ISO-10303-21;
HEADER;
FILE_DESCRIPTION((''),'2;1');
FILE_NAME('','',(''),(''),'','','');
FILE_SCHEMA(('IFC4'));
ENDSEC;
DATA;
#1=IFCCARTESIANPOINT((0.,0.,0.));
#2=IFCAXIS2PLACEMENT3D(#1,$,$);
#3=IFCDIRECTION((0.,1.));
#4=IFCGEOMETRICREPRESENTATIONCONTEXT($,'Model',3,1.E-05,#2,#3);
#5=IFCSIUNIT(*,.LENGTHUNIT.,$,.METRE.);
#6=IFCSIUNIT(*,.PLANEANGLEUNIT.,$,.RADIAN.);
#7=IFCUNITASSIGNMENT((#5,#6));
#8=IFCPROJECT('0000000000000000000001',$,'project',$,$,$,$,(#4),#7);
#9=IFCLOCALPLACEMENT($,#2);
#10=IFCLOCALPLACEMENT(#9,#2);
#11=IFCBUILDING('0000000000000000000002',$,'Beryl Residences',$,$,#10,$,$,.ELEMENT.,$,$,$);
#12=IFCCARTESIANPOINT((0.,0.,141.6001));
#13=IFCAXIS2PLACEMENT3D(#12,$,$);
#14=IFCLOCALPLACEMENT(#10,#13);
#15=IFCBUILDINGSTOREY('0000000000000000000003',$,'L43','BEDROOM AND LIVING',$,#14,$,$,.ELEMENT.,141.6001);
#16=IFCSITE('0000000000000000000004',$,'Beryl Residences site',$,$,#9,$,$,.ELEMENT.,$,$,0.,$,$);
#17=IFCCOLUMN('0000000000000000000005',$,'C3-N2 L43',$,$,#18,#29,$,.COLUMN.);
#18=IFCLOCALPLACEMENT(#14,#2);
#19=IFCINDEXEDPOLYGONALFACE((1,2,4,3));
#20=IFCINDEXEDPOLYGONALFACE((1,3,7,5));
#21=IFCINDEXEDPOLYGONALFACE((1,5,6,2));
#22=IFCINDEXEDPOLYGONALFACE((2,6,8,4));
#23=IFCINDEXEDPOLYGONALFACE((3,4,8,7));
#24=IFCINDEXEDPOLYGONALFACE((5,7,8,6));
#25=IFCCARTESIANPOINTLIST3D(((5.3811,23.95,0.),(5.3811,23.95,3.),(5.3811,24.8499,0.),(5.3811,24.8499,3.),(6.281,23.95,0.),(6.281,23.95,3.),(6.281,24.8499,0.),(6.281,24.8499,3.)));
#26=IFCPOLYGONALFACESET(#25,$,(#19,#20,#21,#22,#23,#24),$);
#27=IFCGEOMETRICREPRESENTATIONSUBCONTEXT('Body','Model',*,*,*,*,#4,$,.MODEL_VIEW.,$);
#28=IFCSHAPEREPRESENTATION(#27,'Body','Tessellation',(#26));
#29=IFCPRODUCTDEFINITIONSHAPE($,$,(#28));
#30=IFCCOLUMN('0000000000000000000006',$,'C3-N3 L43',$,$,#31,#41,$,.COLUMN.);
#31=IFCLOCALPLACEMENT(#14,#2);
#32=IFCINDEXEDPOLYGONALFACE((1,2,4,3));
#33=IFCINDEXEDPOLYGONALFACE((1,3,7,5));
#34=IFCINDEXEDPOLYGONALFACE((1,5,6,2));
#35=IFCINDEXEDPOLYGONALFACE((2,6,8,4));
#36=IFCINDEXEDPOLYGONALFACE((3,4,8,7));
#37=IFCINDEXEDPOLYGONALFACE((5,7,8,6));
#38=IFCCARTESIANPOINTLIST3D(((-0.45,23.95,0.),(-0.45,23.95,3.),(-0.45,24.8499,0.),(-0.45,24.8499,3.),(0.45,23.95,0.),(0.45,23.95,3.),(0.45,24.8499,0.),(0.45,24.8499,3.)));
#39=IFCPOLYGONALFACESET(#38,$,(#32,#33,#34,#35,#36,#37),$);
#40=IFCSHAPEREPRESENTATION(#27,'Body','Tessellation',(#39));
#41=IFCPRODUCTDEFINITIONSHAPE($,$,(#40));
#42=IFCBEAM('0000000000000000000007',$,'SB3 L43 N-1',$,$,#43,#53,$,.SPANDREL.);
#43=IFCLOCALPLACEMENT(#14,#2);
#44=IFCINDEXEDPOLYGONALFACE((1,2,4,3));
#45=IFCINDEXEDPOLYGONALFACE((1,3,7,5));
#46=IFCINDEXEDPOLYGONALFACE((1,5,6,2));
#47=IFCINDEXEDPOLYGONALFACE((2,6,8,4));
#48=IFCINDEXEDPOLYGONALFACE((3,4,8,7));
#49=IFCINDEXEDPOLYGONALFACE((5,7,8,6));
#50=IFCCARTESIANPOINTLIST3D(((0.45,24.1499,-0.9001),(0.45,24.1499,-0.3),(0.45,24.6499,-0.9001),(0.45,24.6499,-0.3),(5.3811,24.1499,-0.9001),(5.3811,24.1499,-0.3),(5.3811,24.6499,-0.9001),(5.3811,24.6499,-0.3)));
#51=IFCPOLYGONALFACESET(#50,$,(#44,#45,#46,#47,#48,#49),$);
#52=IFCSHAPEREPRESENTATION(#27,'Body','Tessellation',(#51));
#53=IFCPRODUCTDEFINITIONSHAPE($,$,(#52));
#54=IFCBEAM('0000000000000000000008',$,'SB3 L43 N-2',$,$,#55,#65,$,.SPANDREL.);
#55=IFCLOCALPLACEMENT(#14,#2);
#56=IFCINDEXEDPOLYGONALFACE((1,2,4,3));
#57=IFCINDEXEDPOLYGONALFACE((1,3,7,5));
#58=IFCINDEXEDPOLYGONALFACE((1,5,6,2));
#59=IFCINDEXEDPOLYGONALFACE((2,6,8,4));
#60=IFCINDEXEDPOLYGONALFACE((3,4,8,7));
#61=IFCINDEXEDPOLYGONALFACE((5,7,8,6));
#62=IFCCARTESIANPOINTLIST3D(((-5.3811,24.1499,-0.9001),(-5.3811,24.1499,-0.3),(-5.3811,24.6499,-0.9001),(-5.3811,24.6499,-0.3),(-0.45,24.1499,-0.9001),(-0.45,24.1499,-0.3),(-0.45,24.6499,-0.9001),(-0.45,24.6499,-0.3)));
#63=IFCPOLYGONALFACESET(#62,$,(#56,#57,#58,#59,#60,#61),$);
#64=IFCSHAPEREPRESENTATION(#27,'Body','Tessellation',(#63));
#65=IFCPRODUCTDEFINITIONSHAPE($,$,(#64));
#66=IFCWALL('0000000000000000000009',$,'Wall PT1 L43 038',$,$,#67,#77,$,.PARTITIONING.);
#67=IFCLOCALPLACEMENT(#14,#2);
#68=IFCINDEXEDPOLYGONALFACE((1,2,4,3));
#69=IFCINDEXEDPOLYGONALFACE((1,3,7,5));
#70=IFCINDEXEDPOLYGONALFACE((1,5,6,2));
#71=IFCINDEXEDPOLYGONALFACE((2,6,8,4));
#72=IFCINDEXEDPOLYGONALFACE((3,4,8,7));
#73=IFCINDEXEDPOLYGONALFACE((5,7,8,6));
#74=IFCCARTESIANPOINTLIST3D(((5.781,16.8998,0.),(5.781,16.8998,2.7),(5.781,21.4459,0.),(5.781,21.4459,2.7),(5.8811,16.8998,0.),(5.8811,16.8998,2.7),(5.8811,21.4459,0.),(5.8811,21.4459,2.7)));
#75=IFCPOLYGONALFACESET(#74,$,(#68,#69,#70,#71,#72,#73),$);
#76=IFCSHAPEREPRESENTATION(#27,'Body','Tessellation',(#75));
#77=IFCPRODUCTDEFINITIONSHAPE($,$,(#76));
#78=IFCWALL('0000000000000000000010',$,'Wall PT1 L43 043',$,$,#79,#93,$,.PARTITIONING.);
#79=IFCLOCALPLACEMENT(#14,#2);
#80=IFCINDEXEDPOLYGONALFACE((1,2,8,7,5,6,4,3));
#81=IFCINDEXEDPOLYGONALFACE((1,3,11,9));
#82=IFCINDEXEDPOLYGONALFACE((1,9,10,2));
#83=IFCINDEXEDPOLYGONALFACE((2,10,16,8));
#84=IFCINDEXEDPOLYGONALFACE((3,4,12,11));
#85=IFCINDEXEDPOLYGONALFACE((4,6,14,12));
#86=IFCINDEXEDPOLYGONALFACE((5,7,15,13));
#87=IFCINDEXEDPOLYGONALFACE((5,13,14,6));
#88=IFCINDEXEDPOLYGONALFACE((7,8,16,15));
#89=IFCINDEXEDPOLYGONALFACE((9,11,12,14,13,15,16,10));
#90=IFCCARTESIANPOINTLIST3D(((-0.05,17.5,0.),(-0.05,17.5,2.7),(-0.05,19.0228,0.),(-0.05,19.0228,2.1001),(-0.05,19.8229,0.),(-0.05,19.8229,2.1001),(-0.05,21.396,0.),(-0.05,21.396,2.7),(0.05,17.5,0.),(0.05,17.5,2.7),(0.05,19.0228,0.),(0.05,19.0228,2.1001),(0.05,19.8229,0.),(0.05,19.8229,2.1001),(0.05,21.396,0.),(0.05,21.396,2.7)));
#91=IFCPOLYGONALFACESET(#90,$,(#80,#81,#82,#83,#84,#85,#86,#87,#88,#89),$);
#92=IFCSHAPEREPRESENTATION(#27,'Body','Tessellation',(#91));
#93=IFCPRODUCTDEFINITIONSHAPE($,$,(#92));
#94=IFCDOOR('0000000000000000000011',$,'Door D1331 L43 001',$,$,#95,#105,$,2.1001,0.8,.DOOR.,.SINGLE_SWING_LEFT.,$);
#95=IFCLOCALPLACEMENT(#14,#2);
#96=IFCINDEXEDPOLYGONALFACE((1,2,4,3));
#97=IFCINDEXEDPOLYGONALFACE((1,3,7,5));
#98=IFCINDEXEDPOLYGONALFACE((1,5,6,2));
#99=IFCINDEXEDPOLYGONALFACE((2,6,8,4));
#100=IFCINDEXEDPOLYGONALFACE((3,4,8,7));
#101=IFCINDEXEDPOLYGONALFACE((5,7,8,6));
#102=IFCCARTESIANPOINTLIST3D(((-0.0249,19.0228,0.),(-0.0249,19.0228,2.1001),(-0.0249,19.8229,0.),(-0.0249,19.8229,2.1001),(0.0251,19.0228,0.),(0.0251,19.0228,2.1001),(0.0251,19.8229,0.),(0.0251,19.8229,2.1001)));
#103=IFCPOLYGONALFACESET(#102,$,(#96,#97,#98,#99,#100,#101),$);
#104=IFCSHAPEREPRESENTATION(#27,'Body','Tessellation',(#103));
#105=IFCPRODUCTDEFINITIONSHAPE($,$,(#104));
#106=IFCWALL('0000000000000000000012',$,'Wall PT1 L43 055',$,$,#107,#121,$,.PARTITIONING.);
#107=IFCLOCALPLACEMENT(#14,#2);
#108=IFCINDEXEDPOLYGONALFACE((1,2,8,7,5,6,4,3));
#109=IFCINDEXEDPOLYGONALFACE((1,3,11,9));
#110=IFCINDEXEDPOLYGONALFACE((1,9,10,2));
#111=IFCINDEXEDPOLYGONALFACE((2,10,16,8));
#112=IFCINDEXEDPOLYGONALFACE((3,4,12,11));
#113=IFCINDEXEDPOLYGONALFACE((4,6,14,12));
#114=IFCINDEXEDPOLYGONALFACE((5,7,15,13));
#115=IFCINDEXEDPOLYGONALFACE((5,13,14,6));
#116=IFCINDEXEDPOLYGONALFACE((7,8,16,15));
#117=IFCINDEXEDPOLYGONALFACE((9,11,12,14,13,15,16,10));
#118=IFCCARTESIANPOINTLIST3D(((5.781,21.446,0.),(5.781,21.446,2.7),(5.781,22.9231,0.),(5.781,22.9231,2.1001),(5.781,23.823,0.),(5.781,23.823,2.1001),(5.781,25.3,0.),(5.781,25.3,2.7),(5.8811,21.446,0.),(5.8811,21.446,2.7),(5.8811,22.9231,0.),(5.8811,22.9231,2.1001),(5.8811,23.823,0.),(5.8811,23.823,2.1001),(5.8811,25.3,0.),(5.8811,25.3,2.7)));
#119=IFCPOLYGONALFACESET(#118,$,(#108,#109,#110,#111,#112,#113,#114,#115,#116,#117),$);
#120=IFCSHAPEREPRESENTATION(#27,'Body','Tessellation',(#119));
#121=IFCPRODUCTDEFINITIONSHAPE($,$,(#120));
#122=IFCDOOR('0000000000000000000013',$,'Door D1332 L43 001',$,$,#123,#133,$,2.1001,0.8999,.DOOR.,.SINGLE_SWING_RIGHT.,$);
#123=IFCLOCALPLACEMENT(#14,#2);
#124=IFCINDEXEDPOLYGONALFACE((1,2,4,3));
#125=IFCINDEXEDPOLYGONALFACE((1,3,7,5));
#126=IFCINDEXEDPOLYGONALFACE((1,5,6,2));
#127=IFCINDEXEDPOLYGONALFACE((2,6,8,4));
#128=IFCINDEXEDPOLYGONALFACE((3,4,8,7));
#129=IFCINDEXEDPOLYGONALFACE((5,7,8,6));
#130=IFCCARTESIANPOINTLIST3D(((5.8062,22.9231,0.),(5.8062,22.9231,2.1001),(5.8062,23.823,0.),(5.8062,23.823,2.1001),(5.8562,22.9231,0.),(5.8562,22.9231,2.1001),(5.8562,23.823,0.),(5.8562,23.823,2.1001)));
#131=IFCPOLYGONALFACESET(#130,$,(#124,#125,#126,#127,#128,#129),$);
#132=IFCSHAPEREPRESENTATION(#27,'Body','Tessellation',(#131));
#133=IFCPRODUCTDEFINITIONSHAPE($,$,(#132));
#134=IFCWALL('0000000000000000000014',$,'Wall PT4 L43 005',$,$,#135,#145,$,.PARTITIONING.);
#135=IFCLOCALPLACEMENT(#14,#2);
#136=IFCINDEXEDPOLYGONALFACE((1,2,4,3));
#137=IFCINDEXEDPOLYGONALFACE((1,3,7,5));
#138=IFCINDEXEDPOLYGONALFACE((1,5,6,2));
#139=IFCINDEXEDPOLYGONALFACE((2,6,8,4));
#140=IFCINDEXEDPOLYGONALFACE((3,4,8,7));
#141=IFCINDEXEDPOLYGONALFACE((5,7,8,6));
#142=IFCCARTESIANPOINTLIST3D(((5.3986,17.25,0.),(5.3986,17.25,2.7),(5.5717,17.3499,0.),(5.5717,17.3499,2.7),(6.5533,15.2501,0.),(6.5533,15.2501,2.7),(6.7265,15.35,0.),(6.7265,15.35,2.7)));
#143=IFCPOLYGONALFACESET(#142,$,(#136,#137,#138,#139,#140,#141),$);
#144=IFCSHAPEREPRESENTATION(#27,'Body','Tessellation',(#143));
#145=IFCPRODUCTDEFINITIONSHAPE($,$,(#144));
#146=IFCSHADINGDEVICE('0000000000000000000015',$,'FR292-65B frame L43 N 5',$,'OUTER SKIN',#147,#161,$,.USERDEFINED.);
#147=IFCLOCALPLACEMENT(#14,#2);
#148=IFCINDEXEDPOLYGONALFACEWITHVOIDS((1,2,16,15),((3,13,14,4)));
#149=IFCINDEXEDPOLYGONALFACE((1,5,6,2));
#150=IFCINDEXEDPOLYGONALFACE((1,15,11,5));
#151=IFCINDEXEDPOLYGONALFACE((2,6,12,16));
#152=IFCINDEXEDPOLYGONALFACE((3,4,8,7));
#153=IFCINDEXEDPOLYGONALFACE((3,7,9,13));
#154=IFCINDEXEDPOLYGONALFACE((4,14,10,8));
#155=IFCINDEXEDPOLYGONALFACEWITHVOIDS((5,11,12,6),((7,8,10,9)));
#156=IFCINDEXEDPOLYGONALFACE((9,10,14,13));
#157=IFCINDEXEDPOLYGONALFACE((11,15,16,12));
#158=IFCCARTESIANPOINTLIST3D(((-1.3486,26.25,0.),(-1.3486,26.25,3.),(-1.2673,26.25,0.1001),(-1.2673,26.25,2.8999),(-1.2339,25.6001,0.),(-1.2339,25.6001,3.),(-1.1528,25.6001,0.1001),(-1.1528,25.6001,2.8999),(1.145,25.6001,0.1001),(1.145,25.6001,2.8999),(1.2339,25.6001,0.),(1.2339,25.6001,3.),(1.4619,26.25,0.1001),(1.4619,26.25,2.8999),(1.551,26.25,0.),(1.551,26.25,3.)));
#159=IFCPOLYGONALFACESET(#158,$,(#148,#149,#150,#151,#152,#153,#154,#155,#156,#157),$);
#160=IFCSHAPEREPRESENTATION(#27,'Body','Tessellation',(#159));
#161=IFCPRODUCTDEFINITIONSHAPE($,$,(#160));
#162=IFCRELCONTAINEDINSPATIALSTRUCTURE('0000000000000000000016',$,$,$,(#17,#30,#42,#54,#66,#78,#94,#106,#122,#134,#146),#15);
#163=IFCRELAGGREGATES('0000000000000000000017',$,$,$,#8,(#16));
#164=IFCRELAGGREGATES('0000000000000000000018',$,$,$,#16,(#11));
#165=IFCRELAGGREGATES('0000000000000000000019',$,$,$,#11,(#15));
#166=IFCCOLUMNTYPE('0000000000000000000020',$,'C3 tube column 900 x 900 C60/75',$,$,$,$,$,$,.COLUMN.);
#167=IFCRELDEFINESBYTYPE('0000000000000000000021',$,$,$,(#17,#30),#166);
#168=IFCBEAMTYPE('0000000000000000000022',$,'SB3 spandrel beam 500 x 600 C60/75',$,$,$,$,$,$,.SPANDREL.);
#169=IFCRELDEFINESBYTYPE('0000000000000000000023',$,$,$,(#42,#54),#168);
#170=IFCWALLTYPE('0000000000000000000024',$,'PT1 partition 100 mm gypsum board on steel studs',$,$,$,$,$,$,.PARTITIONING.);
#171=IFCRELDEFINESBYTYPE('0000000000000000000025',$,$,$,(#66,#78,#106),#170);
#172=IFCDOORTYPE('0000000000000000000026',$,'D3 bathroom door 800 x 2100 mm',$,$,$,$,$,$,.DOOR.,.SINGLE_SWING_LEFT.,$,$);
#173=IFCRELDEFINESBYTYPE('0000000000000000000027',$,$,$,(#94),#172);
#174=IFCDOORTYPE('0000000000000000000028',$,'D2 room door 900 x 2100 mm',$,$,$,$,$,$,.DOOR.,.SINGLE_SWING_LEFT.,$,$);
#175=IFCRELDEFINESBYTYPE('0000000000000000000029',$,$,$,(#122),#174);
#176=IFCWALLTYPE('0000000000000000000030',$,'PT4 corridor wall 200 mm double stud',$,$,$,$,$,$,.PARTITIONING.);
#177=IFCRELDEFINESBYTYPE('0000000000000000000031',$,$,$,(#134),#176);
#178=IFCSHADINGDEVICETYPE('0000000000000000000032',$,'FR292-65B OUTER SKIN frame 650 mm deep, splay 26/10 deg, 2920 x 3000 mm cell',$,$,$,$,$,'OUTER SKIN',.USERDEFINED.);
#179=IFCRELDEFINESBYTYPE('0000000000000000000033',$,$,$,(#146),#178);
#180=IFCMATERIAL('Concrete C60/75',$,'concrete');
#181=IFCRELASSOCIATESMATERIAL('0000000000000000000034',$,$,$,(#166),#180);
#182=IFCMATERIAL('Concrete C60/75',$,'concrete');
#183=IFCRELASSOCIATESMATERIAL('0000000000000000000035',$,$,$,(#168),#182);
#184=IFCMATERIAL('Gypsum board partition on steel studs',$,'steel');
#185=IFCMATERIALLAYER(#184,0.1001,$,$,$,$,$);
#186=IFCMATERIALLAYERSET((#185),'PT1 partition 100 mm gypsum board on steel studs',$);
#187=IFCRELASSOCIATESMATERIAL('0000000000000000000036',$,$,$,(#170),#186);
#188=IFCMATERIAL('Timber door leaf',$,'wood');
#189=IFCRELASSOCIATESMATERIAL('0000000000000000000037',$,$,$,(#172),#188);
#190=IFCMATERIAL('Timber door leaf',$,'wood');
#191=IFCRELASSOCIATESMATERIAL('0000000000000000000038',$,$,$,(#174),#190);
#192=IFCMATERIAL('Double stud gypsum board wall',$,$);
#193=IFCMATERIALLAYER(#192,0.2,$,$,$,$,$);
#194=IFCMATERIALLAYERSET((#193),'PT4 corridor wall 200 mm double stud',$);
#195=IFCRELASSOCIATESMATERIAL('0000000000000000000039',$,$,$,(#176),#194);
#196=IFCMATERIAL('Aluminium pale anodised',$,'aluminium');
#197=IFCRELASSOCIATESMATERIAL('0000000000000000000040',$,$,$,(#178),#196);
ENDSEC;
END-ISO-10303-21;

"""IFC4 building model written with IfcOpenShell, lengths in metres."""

from ifc_helpers import new_model, entity, si_unit, direction, frame, frame_2d, origin, origin_2d, place, context, subcontext, project, spatial, rectangle, extrude, source, transform, mapped, material, layer, layer_set, material_profile, profile_set, type_object, type_shapes, element, fill, save


model = new_model("IFC4")

# Units and contexts
model_context = context("Model", 3, precision=1e-05, world=origin(), true_north=direction((0.0, 1.0)))
body_context = subcontext(model_context, "Body", "Model", "MODEL_VIEW")
ifc_project = project(units=[si_unit("LENGTHUNIT", "METRE"), si_unit("PLANEANGLEUNIT", "RADIAN")], contexts=[model_context])

# Site, building, storey
site_placement = place(None, origin())
site = spatial("IfcSite", under=ifc_project, at=site_placement, Name="Beryl Residences site", CompositionType="ELEMENT", RefElevation=0.0)
building_placement = place(site_placement, origin())
building = spatial("IfcBuilding", under=site, at=building_placement, Name="Beryl Residences", CompositionType="ELEMENT")
storey_placement = place(building_placement, frame((0.0, 0.0, 141.6001)))
storey = spatial("IfcBuildingStorey", under=building, at=storey_placement, Name="L43", Description="BEDROOM AND LIVING", CompositionType="ELEMENT", Elevation=141.6001)

# Columns
ifc_material_1 = material(Name="Concrete C60/75", Category="concrete")
ifc_material_profile_1 = material_profile(ifc_material_1, rectangle(XDim=0.8999, YDim=0.8999, at=origin_2d()))
ifc_profile_set_1 = profile_set([ifc_material_profile_1], Name="Concrete C60/75")
column_type = type_object("IfcColumnType", Name="C3 tube column 900 x 900 C60/75", PredefinedType="COLUMN", material=ifc_profile_set_1)
for number, where, z_axis, x_axis, name in (
    (1, (5.8311, 24.3999, 0.0), (0.0, 0.0, 1.0), (-1.0, 0.0, 0.0), "C3-N2 L43"),
    (2, (0.0, 24.3999, 0.0), (0.0, 0.0, 1.0), (-1.0, 0.0, 0.0), "C3-N3 L43"),
):
    element("IfcColumn", number, at=place(storey_placement, frame(where, z_axis=z_axis, x_axis=x_axis)), inside=storey, type_object=column_type, Name=name, PredefinedType="COLUMN", context=body_context, shape_type="SweptSolid", body=[
        extrude(rectangle(XDim=0.8999, YDim=0.8999, at=origin_2d()), origin(), (0.0, 0.0, 1.0), 3.0),
    ])

# Beams
ifc_material_2 = material(Name="Concrete C60/75", Category="concrete")
ifc_material_profile_2 = material_profile(ifc_material_2, rectangle(XDim=0.5, YDim=0.6001, at=origin_2d()))
ifc_profile_set_2 = profile_set([ifc_material_profile_2], Name="Concrete C60/75")
beam_type = type_object("IfcBeamType", Name="SB3 spandrel beam 500 x 600 C60/75", PredefinedType="SPANDREL", material=ifc_profile_set_2)
for number, where, z_axis, x_axis, name in (
    (3, (5.3811, 24.3999, -0.6001), (-1.0, 0.0, 0.0), (0.0, -1.0, 0.0), "SB3 L43 N-1"),
    (4, (-0.45, 24.3999, -0.6001), (-1.0, 0.0, 0.0), (0.0, -1.0, 0.0), "SB3 L43 N-2"),
):
    element("IfcBeam", number, at=place(storey_placement, frame(where, z_axis=z_axis, x_axis=x_axis)), inside=storey, type_object=beam_type, Name=name, PredefinedType="SPANDREL", context=body_context, shape_type="SweptSolid", body=[
        extrude(rectangle(XDim=0.5, YDim=0.6001, at=origin_2d()), origin(), (0.0, 0.0, 1.0), 4.9312),
    ])

# Wall
ifc_material_3 = material(Name="Gypsum board partition on steel studs", Category="steel")
ifc_layer_1 = layer(ifc_material_3, 0.1001)
ifc_layer_set_1 = layer_set([ifc_layer_1], Name="PT1 partition 100 mm gypsum board on steel studs")
wall_type_1 = type_object("IfcWallType", Name="PT1 partition 100 mm gypsum board on steel studs", PredefinedType="PARTITIONING", material=ifc_layer_set_1)
wall_1_placement = place(storey_placement, frame((5.8311, 16.8999, 0.0), z_axis=(0.0, 0.0, 1.0), x_axis=(0.0, 1.0, 0.0)))
element("IfcWall", 5, at=wall_1_placement, inside=storey, type_object=wall_type_1, Name="Wall PT1 L43 038", PredefinedType="PARTITIONING", context=body_context, shape_type="SweptSolid", body=[
    extrude(rectangle(XDim=4.5461, YDim=0.1001, at=frame_2d((2.2729, 0.0))), origin(), (0.0, 0.0, 1.0), 2.7),
])

# Walls, openings, doors
wall_2_placement = place(storey_placement, frame((0.0, 17.5, 0.0), z_axis=(0.0, 0.0, 1.0), x_axis=(0.0, 1.0, 0.0)))
wall_2 = element("IfcWall", 6, at=wall_2_placement, inside=storey, type_object=wall_type_1, Name="Wall PT1 L43 043", PredefinedType="PARTITIONING", context=body_context, shape_type="SweptSolid", body=[
    extrude(rectangle(XDim=3.896, YDim=0.1001, at=frame_2d((1.948, 0.0))), origin(), (0.0, 0.0, 1.0), 2.7),
])
opening_1_placement = place(wall_2_placement, frame((1.5229, 0.0, 0.0)))
opening_1 = element("IfcOpeningElement", 7, at=opening_1_placement, cuts=wall_2, PredefinedType="OPENING", context=body_context, shape_type="SweptSolid", body=[
    extrude(rectangle(XDim=0.8, YDim=2.1001, at=frame_2d((0.3999, 1.05))), frame((0.0, 0.0601, 0.0), z_axis=(0.0, -1.0, 0.0), x_axis=(1.0, 0.0, 0.0)), (0.0, 0.0, 1.0), 0.1201),
])
ifc_material_4 = material(Name="Timber door leaf", Category="wood")
door_type_1 = type_object("IfcDoorType", Name="D3 bathroom door 800 x 2100 mm", OperationType="SINGLE_SWING_LEFT", PredefinedType="DOOR", material=ifc_material_4)
door_1_placement = place(opening_1_placement, origin())
door_1 = element("IfcDoor", 8, at=door_1_placement, inside=storey, type_object=door_type_1, Name="Door D1331 L43 001", OperationType="SINGLE_SWING_LEFT", OverallHeight=2.1001, OverallWidth=0.8, PredefinedType="DOOR", context=body_context, shape_type="SweptSolid", body=[
    extrude(rectangle(XDim=0.8, YDim=2.1001, at=frame_2d((0.3999, 1.05))), frame((0.0, 0.0249, 0.0), z_axis=(0.0, -1.0, 0.0), x_axis=(1.0, 0.0, 0.0)), (0.0, 0.0, 1.0), 0.05),
])
fill(opening_1, door_1)
wall_3_placement = place(storey_placement, frame((5.8311, 21.446, 0.0), z_axis=(0.0, 0.0, 1.0), x_axis=(0.0, 1.0, 0.0)))
wall_3 = element("IfcWall", 9, at=wall_3_placement, inside=storey, type_object=wall_type_1, Name="Wall PT1 L43 055", PredefinedType="PARTITIONING", context=body_context, shape_type="SweptSolid", body=[
    extrude(rectangle(XDim=3.854, YDim=0.1001, at=frame_2d((1.927, 0.0))), origin(), (0.0, 0.0, 1.0), 2.7),
])
opening_2_placement = place(wall_3_placement, frame((1.4771, 0.0, 0.0)))
opening_2 = element("IfcOpeningElement", 10, at=opening_2_placement, cuts=wall_3, PredefinedType="OPENING", context=body_context, shape_type="SweptSolid", body=[
    extrude(rectangle(XDim=0.8999, YDim=2.1001, at=frame_2d((0.45, 1.05))), frame((0.0, 0.0601, 0.0), z_axis=(0.0, -1.0, 0.0), x_axis=(1.0, 0.0, 0.0)), (0.0, 0.0, 1.0), 0.1201),
])
ifc_material_5 = material(Name="Timber door leaf", Category="wood")
door_type_2 = type_object("IfcDoorType", Name="D2 room door 900 x 2100 mm", OperationType="SINGLE_SWING_LEFT", PredefinedType="DOOR", material=ifc_material_5)
door_2_placement = place(opening_2_placement, origin())
door_2 = element("IfcDoor", 11, at=door_2_placement, inside=storey, type_object=door_type_2, Name="Door D1332 L43 001", OperationType="SINGLE_SWING_RIGHT", OverallHeight=2.1001, OverallWidth=0.8999, PredefinedType="DOOR", context=body_context, shape_type="SweptSolid", body=[
    extrude(rectangle(XDim=0.8999, YDim=2.1001, at=frame_2d((0.45, 1.05))), frame((0.0, 0.0249, 0.0), z_axis=(0.0, -1.0, 0.0), x_axis=(1.0, 0.0, 0.0)), (0.0, 0.0, 1.0), 0.05),
])
fill(opening_2, door_2)

# Wall
ifc_material_6 = material(Name="Double stud gypsum board wall")
ifc_layer_2 = layer(ifc_material_6, 0.2)
ifc_layer_set_2 = layer_set([ifc_layer_2], Name="PT4 corridor wall 200 mm double stud")
wall_type_2 = type_object("IfcWallType", Name="PT4 corridor wall 200 mm double stud", PredefinedType="PARTITIONING", material=ifc_layer_set_2)
wall_4_placement = place(storey_placement, frame((5.4851, 17.3, 0.0), z_axis=(0.0, 0.0, 1.0), x_axis=(0.500027, -0.86601, 0.0)))
element("IfcWall", 12, at=wall_4_placement, inside=storey, type_object=wall_type_2, Name="Wall PT4 L43 005", PredefinedType="PARTITIONING", context=body_context, shape_type="SweptSolid", body=[
    extrude(rectangle(XDim=2.3093, YDim=0.2, at=frame_2d((1.1548, 0.0))), origin(), (0.0, 0.0, 1.0), 2.7),
])

# Shading device
ifc_material_7 = material(Name="Aluminium pale anodised", Category="aluminium")
shading_device_type = type_object("IfcShadingDeviceType", Name="FR292-65B OUTER SKIN frame 650 mm deep, splay 26/10 deg, 2920 x 3000 mm cell", ElementType="OUTER SKIN", PredefinedType="USERDEFINED", material=ifc_material_7)
cartesian_point_1 = entity("IfcCartesianPoint", [-1.2339, 0.0])
cartesian_point_2 = entity("IfcCartesianPoint", [-1.145, 0.1001])
cartesian_point_3 = entity("IfcCartesianPoint", [-1.551, 0.0])
cartesian_point_4 = entity("IfcCartesianPoint", [-1.4619, 0.1001])
shared_shape = source(origin(), body_context, "Body", "SweptSolid", [
    entity("IfcExtrudedAreaSolidTapered", entity("IfcArbitraryProfileDefWithVoids", "AREA", None, entity("IfcPolyline", [cartesian_point_1, entity("IfcCartesianPoint", [1.2339, 0.0]), entity("IfcCartesianPoint", [1.2339, 3.0]), entity("IfcCartesianPoint", [-1.2339, 3.0]), cartesian_point_1]), [entity("IfcPolyline", [cartesian_point_2, entity("IfcCartesianPoint", [1.1528, 0.1001]), entity("IfcCartesianPoint", [1.1528, 2.8999]), entity("IfcCartesianPoint", [-1.145, 2.8999]), cartesian_point_2])]), entity("IfcAxis2Placement3D", entity("IfcCartesianPoint", [0.0, 0.0, 0.0]), entity("IfcDirection", [0.0, 1.0, 0.0]), entity("IfcDirection", [-1.0, 0.0, 0.0])), entity("IfcDirection", [0.0, 0.0, 1.0]), 0.6499, entity("IfcArbitraryProfileDefWithVoids", "AREA", None, entity("IfcPolyline", [cartesian_point_3, entity("IfcCartesianPoint", [1.3486, 0.0]), entity("IfcCartesianPoint", [1.3486, 3.0]), entity("IfcCartesianPoint", [-1.551, 3.0]), cartesian_point_3]), [entity("IfcPolyline", [cartesian_point_4, entity("IfcCartesianPoint", [1.2673, 0.1001]), entity("IfcCartesianPoint", [1.2673, 2.8999]), entity("IfcCartesianPoint", [-1.4619, 2.8999]), cartesian_point_4])])),
])
type_shapes(shading_device_type, [shared_shape])
for number, where, z_axis, x_axis, name in (
    (13, (0.0, 25.6001, 0.0), (0.0, 0.0, 1.0), (1.0, 0.0, 0.0), "FR292-65B frame L43 N 5"),
):
    element("IfcShadingDevice", number, at=place(storey_placement, frame(where, z_axis=z_axis, x_axis=x_axis)), inside=storey, type_object=shading_device_type, Name=name, ObjectType="OUTER SKIN", PredefinedType="USERDEFINED", context=body_context, shape_type="MappedRepresentation", body=[
        mapped(shared_shape, transform((0.0, 0.0, 0.0))),
    ])

save(model, "model.ifc")
